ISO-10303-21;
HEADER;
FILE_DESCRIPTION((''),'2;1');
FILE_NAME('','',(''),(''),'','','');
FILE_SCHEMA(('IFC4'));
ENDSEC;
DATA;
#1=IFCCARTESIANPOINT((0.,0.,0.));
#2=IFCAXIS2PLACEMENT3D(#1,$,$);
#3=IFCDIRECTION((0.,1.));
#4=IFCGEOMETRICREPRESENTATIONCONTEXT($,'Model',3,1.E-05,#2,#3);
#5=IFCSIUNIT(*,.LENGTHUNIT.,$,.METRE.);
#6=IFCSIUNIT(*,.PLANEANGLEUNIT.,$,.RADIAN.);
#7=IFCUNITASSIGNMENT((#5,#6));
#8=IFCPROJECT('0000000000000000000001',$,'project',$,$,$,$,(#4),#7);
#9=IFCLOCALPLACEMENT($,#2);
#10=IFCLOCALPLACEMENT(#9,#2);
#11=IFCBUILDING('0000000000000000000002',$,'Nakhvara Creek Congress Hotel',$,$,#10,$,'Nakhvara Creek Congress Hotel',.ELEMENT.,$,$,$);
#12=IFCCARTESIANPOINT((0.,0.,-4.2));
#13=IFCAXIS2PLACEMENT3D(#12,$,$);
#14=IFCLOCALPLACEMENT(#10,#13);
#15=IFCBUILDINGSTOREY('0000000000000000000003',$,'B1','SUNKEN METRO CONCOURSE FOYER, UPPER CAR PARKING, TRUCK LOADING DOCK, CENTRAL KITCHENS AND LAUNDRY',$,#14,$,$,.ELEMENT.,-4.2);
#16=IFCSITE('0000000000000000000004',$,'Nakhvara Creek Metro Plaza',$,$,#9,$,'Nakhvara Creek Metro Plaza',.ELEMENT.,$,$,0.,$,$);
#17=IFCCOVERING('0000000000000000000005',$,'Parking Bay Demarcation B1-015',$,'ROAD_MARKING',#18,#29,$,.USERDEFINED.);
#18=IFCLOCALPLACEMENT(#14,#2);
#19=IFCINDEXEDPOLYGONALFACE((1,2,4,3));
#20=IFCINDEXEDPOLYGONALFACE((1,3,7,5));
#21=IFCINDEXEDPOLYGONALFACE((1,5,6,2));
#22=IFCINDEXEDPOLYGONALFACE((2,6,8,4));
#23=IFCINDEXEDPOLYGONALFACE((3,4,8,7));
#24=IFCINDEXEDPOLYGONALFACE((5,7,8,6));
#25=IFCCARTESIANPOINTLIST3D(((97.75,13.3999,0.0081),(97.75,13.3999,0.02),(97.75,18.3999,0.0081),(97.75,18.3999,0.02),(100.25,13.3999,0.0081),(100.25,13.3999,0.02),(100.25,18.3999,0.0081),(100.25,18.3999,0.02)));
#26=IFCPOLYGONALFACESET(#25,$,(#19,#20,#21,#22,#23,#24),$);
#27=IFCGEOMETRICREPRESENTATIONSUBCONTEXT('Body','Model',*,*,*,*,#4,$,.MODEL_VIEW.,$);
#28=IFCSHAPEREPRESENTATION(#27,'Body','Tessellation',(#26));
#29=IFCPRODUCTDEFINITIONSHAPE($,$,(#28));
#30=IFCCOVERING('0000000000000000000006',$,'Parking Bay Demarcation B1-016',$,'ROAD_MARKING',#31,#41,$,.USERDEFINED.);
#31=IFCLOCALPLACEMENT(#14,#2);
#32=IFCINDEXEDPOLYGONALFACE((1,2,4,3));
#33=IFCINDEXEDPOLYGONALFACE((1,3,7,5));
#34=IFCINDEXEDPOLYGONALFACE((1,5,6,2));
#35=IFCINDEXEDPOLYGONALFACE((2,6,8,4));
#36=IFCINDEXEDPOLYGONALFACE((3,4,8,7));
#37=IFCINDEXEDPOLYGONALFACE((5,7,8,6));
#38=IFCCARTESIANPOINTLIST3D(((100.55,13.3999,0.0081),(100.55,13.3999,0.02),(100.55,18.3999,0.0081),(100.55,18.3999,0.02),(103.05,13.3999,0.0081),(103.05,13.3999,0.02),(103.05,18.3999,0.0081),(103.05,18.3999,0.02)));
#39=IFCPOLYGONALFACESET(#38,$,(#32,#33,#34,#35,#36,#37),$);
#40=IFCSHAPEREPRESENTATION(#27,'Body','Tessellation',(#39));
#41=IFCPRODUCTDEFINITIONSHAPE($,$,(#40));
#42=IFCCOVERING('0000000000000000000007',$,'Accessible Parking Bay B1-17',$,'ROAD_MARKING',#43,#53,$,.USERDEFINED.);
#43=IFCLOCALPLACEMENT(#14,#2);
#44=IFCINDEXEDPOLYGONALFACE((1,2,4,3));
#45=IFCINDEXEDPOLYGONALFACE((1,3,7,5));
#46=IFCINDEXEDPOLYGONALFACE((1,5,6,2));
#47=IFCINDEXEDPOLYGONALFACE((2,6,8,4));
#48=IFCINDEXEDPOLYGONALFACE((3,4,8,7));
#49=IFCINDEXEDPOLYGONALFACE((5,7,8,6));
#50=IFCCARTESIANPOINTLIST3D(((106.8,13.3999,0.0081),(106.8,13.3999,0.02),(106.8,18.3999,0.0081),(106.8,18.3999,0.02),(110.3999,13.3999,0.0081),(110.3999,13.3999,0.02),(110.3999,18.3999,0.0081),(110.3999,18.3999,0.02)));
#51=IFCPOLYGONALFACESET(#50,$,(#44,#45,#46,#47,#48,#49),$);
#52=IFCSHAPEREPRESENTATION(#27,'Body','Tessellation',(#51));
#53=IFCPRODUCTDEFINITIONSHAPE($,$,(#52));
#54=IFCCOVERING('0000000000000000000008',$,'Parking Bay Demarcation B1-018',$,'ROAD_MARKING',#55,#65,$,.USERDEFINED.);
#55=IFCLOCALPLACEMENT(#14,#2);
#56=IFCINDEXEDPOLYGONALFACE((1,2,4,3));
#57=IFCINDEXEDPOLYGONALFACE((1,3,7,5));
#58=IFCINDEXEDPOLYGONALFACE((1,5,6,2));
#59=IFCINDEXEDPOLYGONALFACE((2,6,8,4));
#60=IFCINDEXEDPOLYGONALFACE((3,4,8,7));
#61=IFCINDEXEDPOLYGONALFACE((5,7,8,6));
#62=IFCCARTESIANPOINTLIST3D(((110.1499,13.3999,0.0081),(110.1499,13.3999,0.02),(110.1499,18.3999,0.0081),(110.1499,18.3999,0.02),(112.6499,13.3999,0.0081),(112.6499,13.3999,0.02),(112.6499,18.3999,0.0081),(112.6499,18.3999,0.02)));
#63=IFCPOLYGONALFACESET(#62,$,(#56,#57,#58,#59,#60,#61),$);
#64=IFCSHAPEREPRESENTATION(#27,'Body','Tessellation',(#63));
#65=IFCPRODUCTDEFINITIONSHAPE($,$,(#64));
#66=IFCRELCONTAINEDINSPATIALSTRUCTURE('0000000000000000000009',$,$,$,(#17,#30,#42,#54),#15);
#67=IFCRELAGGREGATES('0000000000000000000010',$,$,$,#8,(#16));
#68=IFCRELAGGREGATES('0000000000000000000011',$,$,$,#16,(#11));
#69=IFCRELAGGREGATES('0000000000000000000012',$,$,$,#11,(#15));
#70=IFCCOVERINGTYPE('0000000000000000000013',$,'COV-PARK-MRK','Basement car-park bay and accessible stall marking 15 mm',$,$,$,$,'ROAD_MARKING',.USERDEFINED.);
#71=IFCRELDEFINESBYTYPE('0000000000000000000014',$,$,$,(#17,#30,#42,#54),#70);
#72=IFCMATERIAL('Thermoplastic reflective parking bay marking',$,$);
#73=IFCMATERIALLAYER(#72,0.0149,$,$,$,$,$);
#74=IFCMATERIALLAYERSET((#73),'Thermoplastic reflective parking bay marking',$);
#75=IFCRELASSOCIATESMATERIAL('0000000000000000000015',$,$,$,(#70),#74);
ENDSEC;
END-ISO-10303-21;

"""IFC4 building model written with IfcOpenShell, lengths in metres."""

from ifc_helpers import new_model, si_unit, direction, frame, origin, place, context, subcontext, project, spatial, polyline, outline, extrude, material, layer, layer_set, type_object, element, save


model = new_model("IFC4")

# Units and contexts
model_context = context("Model", 3, precision=1e-05, world=origin(), true_north=direction((0.0, 1.0)))
body_context = subcontext(model_context, "Body", "Model", "MODEL_VIEW")
ifc_project = project(units=[si_unit("LENGTHUNIT", "METRE"), si_unit("PLANEANGLEUNIT", "RADIAN")], contexts=[model_context])

# Site, building, storey
site_placement = place(None, origin())
site = spatial("IfcSite", under=ifc_project, at=site_placement, Name="Nakhvara Creek Metro Plaza", LongName="Nakhvara Creek Metro Plaza", CompositionType="ELEMENT", RefElevation=0.0)
building_placement = place(site_placement, origin())
building = spatial("IfcBuilding", under=site, at=building_placement, Name="Nakhvara Creek Congress Hotel", LongName="Nakhvara Creek Congress Hotel", CompositionType="ELEMENT")
storey_placement = place(building_placement, frame((0.0, 0.0, -4.2)))
storey = spatial("IfcBuildingStorey", under=building, at=storey_placement, Name="B1", Description="SUNKEN METRO CONCOURSE FOYER, UPPER CAR PARKING, TRUCK LOADING DOCK, CENTRAL KITCHENS AND LAUNDRY", CompositionType="ELEMENT", Elevation=-4.2)

# Coverings
ifc_material_1 = material(Name="Thermoplastic reflective parking bay marking")
ifc_layer_1 = layer(ifc_material_1, 0.0149)
ifc_layer_set_1 = layer_set([ifc_layer_1], Name="Thermoplastic reflective parking bay marking")
covering_type = type_object("IfcCoveringType", Name="COV-PARK-MRK", Description="Basement car-park bay and accessible stall marking 15 mm", ElementType="ROAD_MARKING", PredefinedType="USERDEFINED", material=ifc_layer_set_1)
covering_1_placement = place(storey_placement, frame((0.0, 0.0, 0.0081)))
element("IfcCovering", 1, at=covering_1_placement, inside=storey, type_object=covering_type, Name="Parking Bay Demarcation B1-015", ObjectType="ROAD_MARKING", PredefinedType="USERDEFINED", context=body_context, shape_type="SweptSolid", body=[
    extrude(outline(polyline([(97.75, 13.3999), (100.25, 13.3999), (100.25, 18.3999), (97.75, 18.3999), (97.75, 13.3999)])), origin(), (0.0, 0.0, 1.0), 0.012),
])
covering_2_placement = place(storey_placement, frame((0.0, 0.0, 0.0081)))
element("IfcCovering", 2, at=covering_2_placement, inside=storey, type_object=covering_type, Name="Parking Bay Demarcation B1-016", ObjectType="ROAD_MARKING", PredefinedType="USERDEFINED", context=body_context, shape_type="SweptSolid", body=[
    extrude(outline(polyline([(100.55, 13.3999), (103.05, 13.3999), (103.05, 18.3999), (100.55, 18.3999), (100.55, 13.3999)])), origin(), (0.0, 0.0, 1.0), 0.012),
])
covering_3_placement = place(storey_placement, frame((0.0, 0.0, 0.0081)))
element("IfcCovering", 3, at=covering_3_placement, inside=storey, type_object=covering_type, Name="Accessible Parking Bay B1-17", ObjectType="ROAD_MARKING", PredefinedType="USERDEFINED", context=body_context, shape_type="SweptSolid", body=[
    extrude(outline(polyline([(106.8, 13.3999), (110.3999, 13.3999), (110.3999, 18.3999), (106.8, 18.3999), (106.8, 13.3999)])), origin(), (0.0, 0.0, 1.0), 0.012),
])
covering_4_placement = place(storey_placement, frame((0.0, 0.0, 0.0081)))
element("IfcCovering", 4, at=covering_4_placement, inside=storey, type_object=covering_type, Name="Parking Bay Demarcation B1-018", ObjectType="ROAD_MARKING", PredefinedType="USERDEFINED", context=body_context, shape_type="SweptSolid", body=[
    extrude(outline(polyline([(110.1499, 13.3999), (112.6499, 13.3999), (112.6499, 18.3999), (110.1499, 18.3999), (110.1499, 13.3999)])), origin(), (0.0, 0.0, 1.0), 0.012),
])

save(model, "model.ifc")
